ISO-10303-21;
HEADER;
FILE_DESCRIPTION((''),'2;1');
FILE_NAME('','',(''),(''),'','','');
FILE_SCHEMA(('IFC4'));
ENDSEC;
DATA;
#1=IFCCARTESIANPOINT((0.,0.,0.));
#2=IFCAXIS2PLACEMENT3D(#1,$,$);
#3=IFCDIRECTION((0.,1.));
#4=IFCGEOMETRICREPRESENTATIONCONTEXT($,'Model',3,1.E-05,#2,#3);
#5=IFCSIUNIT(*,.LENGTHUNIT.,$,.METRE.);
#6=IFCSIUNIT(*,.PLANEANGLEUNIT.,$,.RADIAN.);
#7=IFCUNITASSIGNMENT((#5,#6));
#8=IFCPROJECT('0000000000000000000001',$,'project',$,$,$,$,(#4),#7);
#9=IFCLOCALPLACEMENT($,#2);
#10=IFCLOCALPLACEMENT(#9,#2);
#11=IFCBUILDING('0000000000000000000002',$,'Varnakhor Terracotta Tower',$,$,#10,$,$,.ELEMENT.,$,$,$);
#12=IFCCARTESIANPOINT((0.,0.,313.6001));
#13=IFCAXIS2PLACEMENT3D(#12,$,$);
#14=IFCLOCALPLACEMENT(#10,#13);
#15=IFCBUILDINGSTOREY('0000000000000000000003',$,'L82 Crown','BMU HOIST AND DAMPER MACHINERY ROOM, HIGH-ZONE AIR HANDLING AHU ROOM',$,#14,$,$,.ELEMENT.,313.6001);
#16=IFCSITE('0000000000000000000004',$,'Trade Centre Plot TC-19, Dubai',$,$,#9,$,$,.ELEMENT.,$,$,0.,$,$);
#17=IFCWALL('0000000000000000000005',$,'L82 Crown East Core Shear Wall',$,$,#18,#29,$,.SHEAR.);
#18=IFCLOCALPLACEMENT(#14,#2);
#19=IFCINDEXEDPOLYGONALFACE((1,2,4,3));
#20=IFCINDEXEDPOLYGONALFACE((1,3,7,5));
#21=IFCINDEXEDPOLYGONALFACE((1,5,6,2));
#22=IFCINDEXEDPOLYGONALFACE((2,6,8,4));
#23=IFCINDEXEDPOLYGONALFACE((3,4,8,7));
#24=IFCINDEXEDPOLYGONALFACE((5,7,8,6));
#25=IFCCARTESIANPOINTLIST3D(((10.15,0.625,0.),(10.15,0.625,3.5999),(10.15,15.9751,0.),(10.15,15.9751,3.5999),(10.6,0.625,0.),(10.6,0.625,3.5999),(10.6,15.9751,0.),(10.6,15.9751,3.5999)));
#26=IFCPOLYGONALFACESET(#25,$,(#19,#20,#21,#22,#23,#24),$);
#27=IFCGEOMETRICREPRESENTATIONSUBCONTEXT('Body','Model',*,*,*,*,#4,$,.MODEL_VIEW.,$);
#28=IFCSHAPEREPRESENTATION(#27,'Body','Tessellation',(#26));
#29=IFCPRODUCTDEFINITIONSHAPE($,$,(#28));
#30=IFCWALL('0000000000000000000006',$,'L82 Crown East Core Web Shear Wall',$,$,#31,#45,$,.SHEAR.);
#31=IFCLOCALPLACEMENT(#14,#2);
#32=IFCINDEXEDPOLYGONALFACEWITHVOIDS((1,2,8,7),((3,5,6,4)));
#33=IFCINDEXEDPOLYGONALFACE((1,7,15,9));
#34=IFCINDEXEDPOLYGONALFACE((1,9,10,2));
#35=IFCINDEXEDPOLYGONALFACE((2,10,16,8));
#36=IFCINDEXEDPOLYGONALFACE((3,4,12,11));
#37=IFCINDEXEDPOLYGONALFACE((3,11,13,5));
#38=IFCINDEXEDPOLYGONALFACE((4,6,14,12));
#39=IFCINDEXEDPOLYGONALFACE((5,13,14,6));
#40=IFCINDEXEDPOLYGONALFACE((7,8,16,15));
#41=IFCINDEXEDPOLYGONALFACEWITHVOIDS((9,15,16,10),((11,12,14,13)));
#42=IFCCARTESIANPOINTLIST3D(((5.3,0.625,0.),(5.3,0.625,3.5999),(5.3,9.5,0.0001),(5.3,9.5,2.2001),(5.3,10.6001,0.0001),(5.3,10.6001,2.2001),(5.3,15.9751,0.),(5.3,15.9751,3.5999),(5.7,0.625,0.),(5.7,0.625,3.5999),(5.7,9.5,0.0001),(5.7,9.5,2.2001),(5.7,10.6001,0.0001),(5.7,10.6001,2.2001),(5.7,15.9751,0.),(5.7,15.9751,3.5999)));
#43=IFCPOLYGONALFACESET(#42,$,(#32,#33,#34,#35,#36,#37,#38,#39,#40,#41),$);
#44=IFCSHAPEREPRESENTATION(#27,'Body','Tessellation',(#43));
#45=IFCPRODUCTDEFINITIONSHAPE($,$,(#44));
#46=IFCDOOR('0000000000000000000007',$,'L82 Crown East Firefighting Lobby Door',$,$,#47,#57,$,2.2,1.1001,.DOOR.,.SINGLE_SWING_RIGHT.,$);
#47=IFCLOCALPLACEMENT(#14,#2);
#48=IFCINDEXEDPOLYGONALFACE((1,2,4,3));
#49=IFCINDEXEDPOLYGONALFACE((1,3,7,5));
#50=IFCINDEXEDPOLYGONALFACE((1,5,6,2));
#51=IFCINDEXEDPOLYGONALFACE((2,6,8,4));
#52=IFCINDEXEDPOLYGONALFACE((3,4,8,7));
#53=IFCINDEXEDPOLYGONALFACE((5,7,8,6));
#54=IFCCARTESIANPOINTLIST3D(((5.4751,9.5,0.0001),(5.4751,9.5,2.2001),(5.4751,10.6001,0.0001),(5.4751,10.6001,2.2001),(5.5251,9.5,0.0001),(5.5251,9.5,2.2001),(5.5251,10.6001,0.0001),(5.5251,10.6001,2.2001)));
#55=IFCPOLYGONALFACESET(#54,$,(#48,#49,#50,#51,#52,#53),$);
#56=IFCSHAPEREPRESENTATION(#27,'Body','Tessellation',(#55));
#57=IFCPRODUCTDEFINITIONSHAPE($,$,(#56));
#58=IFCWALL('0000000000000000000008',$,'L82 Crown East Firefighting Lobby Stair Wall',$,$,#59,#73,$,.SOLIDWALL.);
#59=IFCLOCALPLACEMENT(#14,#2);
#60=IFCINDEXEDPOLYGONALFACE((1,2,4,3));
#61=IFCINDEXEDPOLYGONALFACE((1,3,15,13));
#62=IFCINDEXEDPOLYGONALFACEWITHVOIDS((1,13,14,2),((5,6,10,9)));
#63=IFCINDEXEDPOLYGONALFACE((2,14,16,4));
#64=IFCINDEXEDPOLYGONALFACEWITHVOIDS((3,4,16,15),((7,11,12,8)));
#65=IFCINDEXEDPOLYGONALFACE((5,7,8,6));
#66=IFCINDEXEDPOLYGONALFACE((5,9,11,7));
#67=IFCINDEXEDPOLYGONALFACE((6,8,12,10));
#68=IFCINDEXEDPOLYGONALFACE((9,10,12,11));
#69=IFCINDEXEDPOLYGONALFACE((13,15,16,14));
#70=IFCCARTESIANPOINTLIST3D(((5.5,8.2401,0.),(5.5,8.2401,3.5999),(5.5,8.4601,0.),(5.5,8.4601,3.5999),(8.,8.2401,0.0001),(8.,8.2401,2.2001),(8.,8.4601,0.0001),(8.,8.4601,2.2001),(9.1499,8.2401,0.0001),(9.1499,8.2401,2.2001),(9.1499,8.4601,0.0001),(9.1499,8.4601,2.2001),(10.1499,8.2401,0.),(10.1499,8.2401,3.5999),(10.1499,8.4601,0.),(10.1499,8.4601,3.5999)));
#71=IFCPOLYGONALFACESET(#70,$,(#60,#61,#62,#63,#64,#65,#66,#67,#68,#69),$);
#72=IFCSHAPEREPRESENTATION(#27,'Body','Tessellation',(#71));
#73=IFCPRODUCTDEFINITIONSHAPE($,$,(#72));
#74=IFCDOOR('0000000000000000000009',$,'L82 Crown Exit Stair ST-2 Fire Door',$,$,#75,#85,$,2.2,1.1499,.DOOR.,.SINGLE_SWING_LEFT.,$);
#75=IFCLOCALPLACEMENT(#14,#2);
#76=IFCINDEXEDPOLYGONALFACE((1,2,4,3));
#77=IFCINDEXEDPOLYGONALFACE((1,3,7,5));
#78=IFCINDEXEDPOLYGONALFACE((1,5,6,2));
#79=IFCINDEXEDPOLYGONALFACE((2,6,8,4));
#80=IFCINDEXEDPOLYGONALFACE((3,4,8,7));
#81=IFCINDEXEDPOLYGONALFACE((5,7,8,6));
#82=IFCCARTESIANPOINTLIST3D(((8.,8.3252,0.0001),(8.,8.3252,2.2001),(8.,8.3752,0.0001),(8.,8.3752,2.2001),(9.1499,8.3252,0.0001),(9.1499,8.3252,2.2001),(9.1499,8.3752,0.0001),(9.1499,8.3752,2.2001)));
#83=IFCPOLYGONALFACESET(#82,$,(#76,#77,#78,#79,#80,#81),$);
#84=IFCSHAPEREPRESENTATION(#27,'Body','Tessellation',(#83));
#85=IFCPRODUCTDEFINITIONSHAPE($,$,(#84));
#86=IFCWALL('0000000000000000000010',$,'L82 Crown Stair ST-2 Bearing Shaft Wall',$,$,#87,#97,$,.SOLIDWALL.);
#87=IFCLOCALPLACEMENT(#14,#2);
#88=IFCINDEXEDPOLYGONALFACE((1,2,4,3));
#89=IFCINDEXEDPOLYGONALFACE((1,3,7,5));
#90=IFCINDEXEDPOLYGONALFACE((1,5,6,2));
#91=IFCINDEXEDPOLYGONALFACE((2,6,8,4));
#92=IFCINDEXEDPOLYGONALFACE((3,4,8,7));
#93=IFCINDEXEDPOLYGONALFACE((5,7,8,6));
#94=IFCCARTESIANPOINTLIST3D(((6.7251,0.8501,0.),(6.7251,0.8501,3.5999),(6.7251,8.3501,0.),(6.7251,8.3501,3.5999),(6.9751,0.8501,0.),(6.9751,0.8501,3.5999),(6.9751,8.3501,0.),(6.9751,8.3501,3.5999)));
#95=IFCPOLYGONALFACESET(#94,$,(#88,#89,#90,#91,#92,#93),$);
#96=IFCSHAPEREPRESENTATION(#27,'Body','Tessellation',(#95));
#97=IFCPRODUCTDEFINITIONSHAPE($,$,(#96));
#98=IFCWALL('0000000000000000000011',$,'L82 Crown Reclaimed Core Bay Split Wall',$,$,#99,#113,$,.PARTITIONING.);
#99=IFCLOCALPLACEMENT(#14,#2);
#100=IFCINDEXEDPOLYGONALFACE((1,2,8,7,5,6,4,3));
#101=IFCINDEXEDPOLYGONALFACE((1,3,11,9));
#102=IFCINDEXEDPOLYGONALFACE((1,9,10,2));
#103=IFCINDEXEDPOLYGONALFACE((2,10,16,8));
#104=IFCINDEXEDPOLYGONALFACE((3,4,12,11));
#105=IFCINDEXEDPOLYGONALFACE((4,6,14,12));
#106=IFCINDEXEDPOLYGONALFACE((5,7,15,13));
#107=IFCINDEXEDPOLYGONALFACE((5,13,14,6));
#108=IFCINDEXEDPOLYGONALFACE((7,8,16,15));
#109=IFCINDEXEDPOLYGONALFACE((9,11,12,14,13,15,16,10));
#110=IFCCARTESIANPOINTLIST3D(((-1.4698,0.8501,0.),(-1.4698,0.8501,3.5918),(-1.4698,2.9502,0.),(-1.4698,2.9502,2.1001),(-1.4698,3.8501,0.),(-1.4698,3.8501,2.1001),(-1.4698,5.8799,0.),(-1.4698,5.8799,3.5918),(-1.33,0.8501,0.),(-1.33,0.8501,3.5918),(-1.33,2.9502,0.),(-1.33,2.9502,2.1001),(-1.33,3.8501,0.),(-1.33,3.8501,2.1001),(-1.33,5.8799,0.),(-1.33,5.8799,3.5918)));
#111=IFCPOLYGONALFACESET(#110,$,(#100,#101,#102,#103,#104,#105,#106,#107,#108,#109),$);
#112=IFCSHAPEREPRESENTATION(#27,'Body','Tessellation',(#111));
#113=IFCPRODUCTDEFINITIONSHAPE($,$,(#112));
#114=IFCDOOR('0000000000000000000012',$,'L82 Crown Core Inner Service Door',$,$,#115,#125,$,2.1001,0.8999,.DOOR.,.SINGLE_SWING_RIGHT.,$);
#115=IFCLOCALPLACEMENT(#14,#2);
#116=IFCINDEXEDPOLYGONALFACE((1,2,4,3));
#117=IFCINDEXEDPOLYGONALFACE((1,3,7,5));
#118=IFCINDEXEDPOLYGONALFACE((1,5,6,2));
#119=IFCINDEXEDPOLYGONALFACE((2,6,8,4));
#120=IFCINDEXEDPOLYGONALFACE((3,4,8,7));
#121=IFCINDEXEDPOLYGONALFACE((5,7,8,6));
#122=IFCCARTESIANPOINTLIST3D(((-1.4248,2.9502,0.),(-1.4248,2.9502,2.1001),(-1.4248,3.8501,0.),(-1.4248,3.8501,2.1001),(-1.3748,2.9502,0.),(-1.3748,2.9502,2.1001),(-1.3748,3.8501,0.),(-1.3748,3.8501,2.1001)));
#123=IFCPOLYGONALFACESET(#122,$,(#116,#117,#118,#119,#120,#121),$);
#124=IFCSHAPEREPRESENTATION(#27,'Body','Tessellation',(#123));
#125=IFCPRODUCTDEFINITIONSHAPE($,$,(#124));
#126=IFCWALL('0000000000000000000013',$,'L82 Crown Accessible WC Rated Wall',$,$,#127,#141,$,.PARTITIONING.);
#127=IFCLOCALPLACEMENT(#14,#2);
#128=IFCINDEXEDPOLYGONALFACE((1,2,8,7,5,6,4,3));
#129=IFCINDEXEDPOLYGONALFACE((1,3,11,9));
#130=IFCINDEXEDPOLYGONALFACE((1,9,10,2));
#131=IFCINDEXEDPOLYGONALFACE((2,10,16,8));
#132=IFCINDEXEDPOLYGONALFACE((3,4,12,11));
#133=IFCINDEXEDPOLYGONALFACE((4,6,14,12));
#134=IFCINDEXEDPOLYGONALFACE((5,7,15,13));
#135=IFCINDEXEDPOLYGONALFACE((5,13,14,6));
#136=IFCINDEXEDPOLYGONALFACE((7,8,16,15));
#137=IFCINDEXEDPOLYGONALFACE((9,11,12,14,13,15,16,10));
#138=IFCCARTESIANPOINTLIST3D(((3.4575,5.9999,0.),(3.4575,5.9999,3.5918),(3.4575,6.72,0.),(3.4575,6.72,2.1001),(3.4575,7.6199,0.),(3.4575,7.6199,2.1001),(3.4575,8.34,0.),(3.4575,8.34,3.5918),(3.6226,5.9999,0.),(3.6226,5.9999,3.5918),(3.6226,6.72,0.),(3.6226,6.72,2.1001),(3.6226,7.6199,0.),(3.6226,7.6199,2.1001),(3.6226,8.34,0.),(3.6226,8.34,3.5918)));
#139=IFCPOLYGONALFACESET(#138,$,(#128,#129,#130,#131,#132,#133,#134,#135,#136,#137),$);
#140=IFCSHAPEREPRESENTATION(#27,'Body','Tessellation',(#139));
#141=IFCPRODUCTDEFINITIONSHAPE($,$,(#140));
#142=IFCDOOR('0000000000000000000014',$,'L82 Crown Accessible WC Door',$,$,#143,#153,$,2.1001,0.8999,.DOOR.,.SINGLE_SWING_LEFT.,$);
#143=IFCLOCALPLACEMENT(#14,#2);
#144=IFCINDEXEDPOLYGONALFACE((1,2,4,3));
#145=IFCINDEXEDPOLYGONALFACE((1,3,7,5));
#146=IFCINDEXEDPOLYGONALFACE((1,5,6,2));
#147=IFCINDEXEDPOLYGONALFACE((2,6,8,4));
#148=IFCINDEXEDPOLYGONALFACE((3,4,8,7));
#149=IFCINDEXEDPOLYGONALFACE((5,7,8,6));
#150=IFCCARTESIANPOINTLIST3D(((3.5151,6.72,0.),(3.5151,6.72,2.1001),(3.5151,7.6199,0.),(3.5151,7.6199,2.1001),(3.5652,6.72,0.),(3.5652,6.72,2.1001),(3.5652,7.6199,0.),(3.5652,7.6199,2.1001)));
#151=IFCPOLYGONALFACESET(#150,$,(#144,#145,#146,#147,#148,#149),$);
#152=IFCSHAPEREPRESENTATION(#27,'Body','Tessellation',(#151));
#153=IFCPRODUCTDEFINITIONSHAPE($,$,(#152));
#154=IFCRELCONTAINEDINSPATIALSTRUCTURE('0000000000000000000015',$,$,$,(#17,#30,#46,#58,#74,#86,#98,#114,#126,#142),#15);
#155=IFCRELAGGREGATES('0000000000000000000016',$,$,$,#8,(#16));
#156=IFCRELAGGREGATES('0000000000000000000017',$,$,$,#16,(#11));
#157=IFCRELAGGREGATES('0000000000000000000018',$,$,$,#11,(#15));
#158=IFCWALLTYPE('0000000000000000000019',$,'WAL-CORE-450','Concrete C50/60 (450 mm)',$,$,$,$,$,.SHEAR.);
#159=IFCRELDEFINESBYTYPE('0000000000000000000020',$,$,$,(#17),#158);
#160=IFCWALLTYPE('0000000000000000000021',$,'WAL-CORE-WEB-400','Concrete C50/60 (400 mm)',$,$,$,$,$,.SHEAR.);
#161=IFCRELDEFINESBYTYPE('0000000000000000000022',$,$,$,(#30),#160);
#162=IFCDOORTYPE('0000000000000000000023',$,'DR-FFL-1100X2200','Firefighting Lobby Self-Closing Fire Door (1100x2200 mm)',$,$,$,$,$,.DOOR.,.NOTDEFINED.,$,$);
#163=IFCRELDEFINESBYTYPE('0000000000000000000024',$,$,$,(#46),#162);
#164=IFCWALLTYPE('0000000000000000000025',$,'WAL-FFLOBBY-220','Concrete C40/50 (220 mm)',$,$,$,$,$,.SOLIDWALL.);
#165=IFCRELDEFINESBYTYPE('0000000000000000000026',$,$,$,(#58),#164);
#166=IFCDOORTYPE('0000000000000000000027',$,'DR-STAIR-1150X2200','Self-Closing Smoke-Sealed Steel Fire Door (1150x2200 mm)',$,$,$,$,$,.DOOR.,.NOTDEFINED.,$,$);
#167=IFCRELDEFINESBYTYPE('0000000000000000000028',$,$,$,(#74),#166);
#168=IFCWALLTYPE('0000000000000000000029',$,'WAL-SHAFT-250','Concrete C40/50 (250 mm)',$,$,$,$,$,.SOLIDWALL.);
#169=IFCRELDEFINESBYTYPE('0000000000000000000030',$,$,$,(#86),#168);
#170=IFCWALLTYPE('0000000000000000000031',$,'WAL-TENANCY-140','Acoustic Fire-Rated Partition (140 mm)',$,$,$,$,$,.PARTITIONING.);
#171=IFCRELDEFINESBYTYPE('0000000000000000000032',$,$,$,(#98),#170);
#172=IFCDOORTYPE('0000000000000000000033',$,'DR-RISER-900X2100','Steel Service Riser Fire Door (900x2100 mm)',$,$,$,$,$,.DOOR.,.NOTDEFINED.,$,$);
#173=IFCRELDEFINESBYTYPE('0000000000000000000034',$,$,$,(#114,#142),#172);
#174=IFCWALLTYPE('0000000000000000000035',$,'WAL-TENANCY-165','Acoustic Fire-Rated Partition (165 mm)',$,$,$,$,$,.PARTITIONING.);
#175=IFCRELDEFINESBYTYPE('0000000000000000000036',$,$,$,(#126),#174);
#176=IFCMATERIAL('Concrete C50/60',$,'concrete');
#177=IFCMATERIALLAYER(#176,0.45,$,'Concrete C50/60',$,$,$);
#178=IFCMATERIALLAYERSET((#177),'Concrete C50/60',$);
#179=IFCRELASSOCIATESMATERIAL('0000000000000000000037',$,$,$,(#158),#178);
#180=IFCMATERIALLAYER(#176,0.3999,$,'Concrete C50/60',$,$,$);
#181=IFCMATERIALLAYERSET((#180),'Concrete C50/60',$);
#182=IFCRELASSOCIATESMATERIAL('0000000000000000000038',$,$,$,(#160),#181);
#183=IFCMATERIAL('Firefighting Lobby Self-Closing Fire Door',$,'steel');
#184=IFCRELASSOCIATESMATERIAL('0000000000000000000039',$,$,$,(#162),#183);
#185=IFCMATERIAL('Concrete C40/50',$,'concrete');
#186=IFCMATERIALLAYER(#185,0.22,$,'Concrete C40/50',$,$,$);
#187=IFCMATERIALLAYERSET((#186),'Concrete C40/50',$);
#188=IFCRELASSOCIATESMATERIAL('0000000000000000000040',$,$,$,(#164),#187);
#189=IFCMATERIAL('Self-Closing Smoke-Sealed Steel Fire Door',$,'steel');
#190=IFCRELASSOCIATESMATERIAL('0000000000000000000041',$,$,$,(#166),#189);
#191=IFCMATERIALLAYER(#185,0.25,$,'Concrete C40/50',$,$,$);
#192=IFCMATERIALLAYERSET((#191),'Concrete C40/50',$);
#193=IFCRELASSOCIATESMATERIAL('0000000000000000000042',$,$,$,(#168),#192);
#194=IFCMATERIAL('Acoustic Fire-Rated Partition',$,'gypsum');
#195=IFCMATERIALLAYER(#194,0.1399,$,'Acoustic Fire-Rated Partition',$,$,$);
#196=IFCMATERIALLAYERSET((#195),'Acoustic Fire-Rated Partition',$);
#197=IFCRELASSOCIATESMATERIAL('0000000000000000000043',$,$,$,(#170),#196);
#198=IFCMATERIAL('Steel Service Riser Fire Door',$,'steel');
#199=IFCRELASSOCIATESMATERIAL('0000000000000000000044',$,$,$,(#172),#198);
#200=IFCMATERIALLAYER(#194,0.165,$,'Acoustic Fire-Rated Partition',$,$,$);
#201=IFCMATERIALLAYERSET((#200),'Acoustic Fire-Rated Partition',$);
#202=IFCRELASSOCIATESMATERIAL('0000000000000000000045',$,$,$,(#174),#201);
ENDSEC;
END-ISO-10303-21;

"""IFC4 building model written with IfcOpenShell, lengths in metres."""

from ifc_helpers import new_model, si_unit, direction, frame, frame_2d, origin, place, context, subcontext, project, spatial, rectangle, extrude, source, transform, mapped, material, layer, layer_set, type_object, type_shapes, element, fill, save


model = new_model("IFC4")

# Units and contexts
model_context = context("Model", 3, precision=1e-05, world=origin(), true_north=direction((0.0, 1.0)))
body_context = subcontext(model_context, "Body", "Model", "MODEL_VIEW")
ifc_project = project(units=[si_unit("LENGTHUNIT", "METRE"), si_unit("PLANEANGLEUNIT", "RADIAN")], contexts=[model_context])

# Site, building, storey
site_placement = place(None, origin())
site = spatial("IfcSite", under=ifc_project, at=site_placement, Name="Trade Centre Plot TC-19, Dubai", CompositionType="ELEMENT", RefElevation=0.0)
building_placement = place(site_placement, origin())
building = spatial("IfcBuilding", under=site, at=building_placement, Name="Varnakhor Terracotta Tower", CompositionType="ELEMENT")
storey_placement = place(building_placement, frame((0.0, 0.0, 313.6001)))
storey = spatial("IfcBuildingStorey", under=building, at=storey_placement, Name="L82 Crown", Description="BMU HOIST AND DAMPER MACHINERY ROOM, HIGH-ZONE AIR HANDLING AHU ROOM", CompositionType="ELEMENT", Elevation=313.6001)

# Shared definitions
ifc_material_1 = material(Name="Concrete C50/60", Category="concrete")

# Shared definitions
ifc_material_2 = material(Name="Concrete C40/50", Category="concrete")

# Wall
ifc_layer_1 = layer(ifc_material_1, 0.45, Name="Concrete C50/60")
ifc_layer_set_1 = layer_set([ifc_layer_1], Name="Concrete C50/60")
wall_type_1 = type_object("IfcWallType", Name="WAL-CORE-450", Description="Concrete C50/60 (450 mm)", PredefinedType="SHEAR", material=ifc_layer_set_1)
wall_1_placement = place(storey_placement, frame((10.375, 0.625, 0.0), z_axis=(0.0, 0.0, 1.0), x_axis=(0.0, 1.0, 0.0)))
element("IfcWall", 1, at=wall_1_placement, inside=storey, type_object=wall_type_1, Name="L82 Crown East Core Shear Wall", PredefinedType="SHEAR", context=body_context, shape_type="SweptSolid", body=[
    extrude(rectangle(XDim=15.3501, YDim=0.45, at=frame_2d((7.675, 0.0))), origin(), (0.0, 0.0, 1.0), 3.5999),
])

# Walls, openings, doors
ifc_layer_2 = layer(ifc_material_1, 0.3999, Name="Concrete C50/60")
ifc_layer_set_2 = layer_set([ifc_layer_2], Name="Concrete C50/60")
wall_type_2 = type_object("IfcWallType", Name="WAL-CORE-WEB-400", Description="Concrete C50/60 (400 mm)", PredefinedType="SHEAR", material=ifc_layer_set_2)
wall_2_placement = place(storey_placement, frame((5.5, 0.625, 0.0), z_axis=(0.0, 0.0, 1.0), x_axis=(0.0, 1.0, 0.0)))
wall_2 = element("IfcWall", 2, at=wall_2_placement, inside=storey, type_object=wall_type_2, Name="L82 Crown East Core Web Shear Wall", PredefinedType="SHEAR", context=body_context, shape_type="SweptSolid", body=[
    extrude(rectangle(XDim=15.3501, YDim=0.3999, at=frame_2d((7.675, 0.0))), origin(), (0.0, 0.0, 1.0), 3.5999),
])
opening_1_placement = place(wall_2_placement, frame((8.875, 0.0, 0.0)))
opening_1 = element("IfcOpeningElement", 3, at=opening_1_placement, cuts=wall_2, PredefinedType="OPENING", context=body_context, shape_type="SweptSolid", body=[
    extrude(rectangle(XDim=1.1001, YDim=2.2, at=frame_2d((0.55, 1.1001))), frame((0.0, 0.21, 0.0), z_axis=(0.0, -1.0, 0.0), x_axis=(1.0, 0.0, 0.0)), (0.0, 0.0, 1.0), 0.4199),
])
ifc_material_3 = material(Name="Firefighting Lobby Self-Closing Fire Door", Category="steel")
door_type_1 = type_object("IfcDoorType", Name="DR-FFL-1100X2200", Description="Firefighting Lobby Self-Closing Fire Door (1100x2200 mm)", OperationType="NOTDEFINED", PredefinedType="DOOR", material=ifc_material_3)
shared_shape_1 = source(origin(), body_context, "Body", "SweptSolid", [
    extrude(rectangle(XDim=1.1001, YDim=2.2, at=frame_2d((0.55, 1.1001))), frame((0.0, 0.0249, 0.0), z_axis=(0.0, -1.0, 0.0), x_axis=(1.0, 0.0, 0.0)), (0.0, 0.0, 1.0), 0.05),
])
type_shapes(door_type_1, [shared_shape_1])
door_1_placement = place(opening_1_placement, origin())
door_1 = element("IfcDoor", 4, at=door_1_placement, inside=storey, type_object=door_type_1, Name="L82 Crown East Firefighting Lobby Door", OperationType="SINGLE_SWING_RIGHT", OverallHeight=2.2, OverallWidth=1.1001, PredefinedType="DOOR", context=body_context, shape_type="MappedRepresentation", body=[
    mapped(shared_shape_1, transform((0.0, 0.0, 0.0), scale=1.0)),
])
fill(opening_1, door_1)
ifc_layer_3 = layer(ifc_material_2, 0.22, Name="Concrete C40/50")
ifc_layer_set_3 = layer_set([ifc_layer_3], Name="Concrete C40/50")
wall_type_3 = type_object("IfcWallType", Name="WAL-FFLOBBY-220", Description="Concrete C40/50 (220 mm)", PredefinedType="SOLIDWALL", material=ifc_layer_set_3)
wall_3_placement = place(storey_placement, frame((10.1499, 8.3501, 0.0), z_axis=(0.0, 0.0, 1.0), x_axis=(-1.0, 0.0, 0.0)))
wall_3 = element("IfcWall", 5, at=wall_3_placement, inside=storey, type_object=wall_type_3, Name="L82 Crown East Firefighting Lobby Stair Wall", PredefinedType="SOLIDWALL", context=body_context, shape_type="SweptSolid", body=[
    extrude(rectangle(XDim=4.6499, YDim=0.22, at=frame_2d((2.325, 0.0))), origin(), (0.0, 0.0, 1.0), 3.5999),
])
opening_2_placement = place(wall_3_placement, frame((1.0, 0.0, 0.0)))
opening_2 = element("IfcOpeningElement", 6, at=opening_2_placement, cuts=wall_3, PredefinedType="OPENING", context=body_context, shape_type="SweptSolid", body=[
    extrude(rectangle(XDim=1.1499, YDim=2.2, at=frame_2d((0.575, 1.1001))), frame((0.0, 0.1201, 0.0), z_axis=(0.0, -1.0, 0.0), x_axis=(1.0, 0.0, 0.0)), (0.0, 0.0, 1.0), 0.24),
])
ifc_material_4 = material(Name="Self-Closing Smoke-Sealed Steel Fire Door", Category="steel")
door_type_2 = type_object("IfcDoorType", Name="DR-STAIR-1150X2200", Description="Self-Closing Smoke-Sealed Steel Fire Door (1150x2200 mm)", OperationType="NOTDEFINED", PredefinedType="DOOR", material=ifc_material_4)
shared_shape_2 = source(origin(), body_context, "Body", "SweptSolid", [
    extrude(rectangle(XDim=1.1499, YDim=2.2, at=frame_2d((0.575, 1.1001))), frame((0.0, 0.0249, 0.0), z_axis=(0.0, -1.0, 0.0), x_axis=(1.0, 0.0, 0.0)), (0.0, 0.0, 1.0), 0.05),
])
type_shapes(door_type_2, [shared_shape_2])
door_2_placement = place(opening_2_placement, origin())
door_2 = element("IfcDoor", 7, at=door_2_placement, inside=storey, type_object=door_type_2, Name="L82 Crown Exit Stair ST-2 Fire Door", OperationType="SINGLE_SWING_LEFT", OverallHeight=2.2, OverallWidth=1.1499, PredefinedType="DOOR", context=body_context, shape_type="MappedRepresentation", body=[
    mapped(shared_shape_2, transform((0.0, 0.0, 0.0), scale=1.0)),
])
fill(opening_2, door_2)

# Wall
ifc_layer_4 = layer(ifc_material_2, 0.25, Name="Concrete C40/50")
ifc_layer_set_4 = layer_set([ifc_layer_4], Name="Concrete C40/50")
wall_type_4 = type_object("IfcWallType", Name="WAL-SHAFT-250", Description="Concrete C40/50 (250 mm)", PredefinedType="SOLIDWALL", material=ifc_layer_set_4)
wall_4_placement = place(storey_placement, frame((6.8501, 0.8501, 0.0), z_axis=(0.0, 0.0, 1.0), x_axis=(0.0, 1.0, 0.0)))
element("IfcWall", 8, at=wall_4_placement, inside=storey, type_object=wall_type_4, Name="L82 Crown Stair ST-2 Bearing Shaft Wall", PredefinedType="SOLIDWALL", context=body_context, shape_type="SweptSolid", body=[
    extrude(rectangle(XDim=7.5, YDim=0.25, at=frame_2d((3.75, 0.0))), origin(), (0.0, 0.0, 1.0), 3.5999),
])

# Walls, openings, doors
ifc_material_5 = material(Name="Acoustic Fire-Rated Partition", Category="gypsum")
ifc_layer_5 = layer(ifc_material_5, 0.1399, Name="Acoustic Fire-Rated Partition")
ifc_layer_set_5 = layer_set([ifc_layer_5], Name="Acoustic Fire-Rated Partition")
wall_type_5 = type_object("IfcWallType", Name="WAL-TENANCY-140", Description="Acoustic Fire-Rated Partition (140 mm)", PredefinedType="PARTITIONING", material=ifc_layer_set_5)
wall_5_placement = place(storey_placement, frame((-1.3999, 0.8501, 0.0), z_axis=(0.0, 0.0, 1.0), x_axis=(0.0, 1.0, 0.0)))
wall_5 = element("IfcWall", 9, at=wall_5_placement, inside=storey, type_object=wall_type_5, Name="L82 Crown Reclaimed Core Bay Split Wall", PredefinedType="PARTITIONING", context=body_context, shape_type="SweptSolid", body=[
    extrude(rectangle(XDim=5.0298, YDim=0.1399, at=frame_2d((2.5149, 0.0))), origin(), (0.0, 0.0, 1.0), 3.5918),
])
opening_3_placement = place(wall_5_placement, frame((2.1001, 0.0, 0.0)))
opening_3 = element("IfcOpeningElement", 10, at=opening_3_placement, cuts=wall_5, PredefinedType="OPENING", context=body_context, shape_type="SweptSolid", body=[
    extrude(rectangle(XDim=0.8999, YDim=2.1001, at=frame_2d((0.45, 1.05))), frame((0.0, 0.0801, 0.0), z_axis=(0.0, -1.0, 0.0), x_axis=(1.0, 0.0, 0.0)), (0.0, 0.0, 1.0), 0.1599),
])
ifc_material_6 = material(Name="Steel Service Riser Fire Door", Category="steel")
door_type_3 = type_object("IfcDoorType", Name="DR-RISER-900X2100", Description="Steel Service Riser Fire Door (900x2100 mm)", OperationType="NOTDEFINED", PredefinedType="DOOR", material=ifc_material_6)
shared_shape_3 = source(origin(), body_context, "Body", "SweptSolid", [
    extrude(rectangle(XDim=0.8999, YDim=2.1001, at=frame_2d((0.45, 1.05))), frame((0.0, 0.0249, 0.0), z_axis=(0.0, -1.0, 0.0), x_axis=(1.0, 0.0, 0.0)), (0.0, 0.0, 1.0), 0.05),
])
type_shapes(door_type_3, [shared_shape_3])
door_3_placement = place(opening_3_placement, origin())
door_3 = element("IfcDoor", 11, at=door_3_placement, inside=storey, type_object=door_type_3, Name="L82 Crown Core Inner Service Door", OperationType="SINGLE_SWING_RIGHT", OverallHeight=2.1001, OverallWidth=0.8999, PredefinedType="DOOR", context=body_context, shape_type="MappedRepresentation", body=[
    mapped(shared_shape_3, transform((0.0, 0.0, 0.0), scale=1.0)),
])
fill(opening_3, door_3)
ifc_layer_6 = layer(ifc_material_5, 0.165, Name="Acoustic Fire-Rated Partition")
ifc_layer_set_6 = layer_set([ifc_layer_6], Name="Acoustic Fire-Rated Partition")
wall_type_6 = type_object("IfcWallType", Name="WAL-TENANCY-165", Description="Acoustic Fire-Rated Partition (165 mm)", PredefinedType="PARTITIONING", material=ifc_layer_set_6)
wall_6_placement = place(storey_placement, frame((3.54, 6.0, 0.0), z_axis=(0.0, 0.0, 1.0), x_axis=(0.0, 1.0, 0.0)))
wall_6 = element("IfcWall", 12, at=wall_6_placement, inside=storey, type_object=wall_type_6, Name="L82 Crown Accessible WC Rated Wall", PredefinedType="PARTITIONING", context=body_context, shape_type="SweptSolid", body=[
    extrude(rectangle(XDim=2.3401, YDim=0.165, at=frame_2d((1.1699, 0.0))), origin(), (0.0, 0.0, 1.0), 3.5918),
])
opening_4_placement = place(wall_6_placement, frame((0.72, 0.0, 0.0)))
opening_4 = element("IfcOpeningElement", 13, at=opening_4_placement, cuts=wall_6, PredefinedType="OPENING", context=body_context, shape_type="SweptSolid", body=[
    extrude(rectangle(XDim=0.8999, YDim=2.1001, at=frame_2d((0.45, 1.05))), frame((0.0, 0.0925, 0.0), z_axis=(0.0, -1.0, 0.0), x_axis=(1.0, 0.0, 0.0)), (0.0, 0.0, 1.0), 0.1851),
])
door_4_placement = place(opening_4_placement, origin())
door_4 = element("IfcDoor", 14, at=door_4_placement, inside=storey, type_object=door_type_3, Name="L82 Crown Accessible WC Door", OperationType="SINGLE_SWING_LEFT", OverallHeight=2.1001, OverallWidth=0.8999, PredefinedType="DOOR", context=body_context, shape_type="MappedRepresentation", body=[
    mapped(shared_shape_3, transform((0.0, 0.0, 0.0), scale=1.0)),
])
fill(opening_4, door_4)

save(model, "model.ifc")
